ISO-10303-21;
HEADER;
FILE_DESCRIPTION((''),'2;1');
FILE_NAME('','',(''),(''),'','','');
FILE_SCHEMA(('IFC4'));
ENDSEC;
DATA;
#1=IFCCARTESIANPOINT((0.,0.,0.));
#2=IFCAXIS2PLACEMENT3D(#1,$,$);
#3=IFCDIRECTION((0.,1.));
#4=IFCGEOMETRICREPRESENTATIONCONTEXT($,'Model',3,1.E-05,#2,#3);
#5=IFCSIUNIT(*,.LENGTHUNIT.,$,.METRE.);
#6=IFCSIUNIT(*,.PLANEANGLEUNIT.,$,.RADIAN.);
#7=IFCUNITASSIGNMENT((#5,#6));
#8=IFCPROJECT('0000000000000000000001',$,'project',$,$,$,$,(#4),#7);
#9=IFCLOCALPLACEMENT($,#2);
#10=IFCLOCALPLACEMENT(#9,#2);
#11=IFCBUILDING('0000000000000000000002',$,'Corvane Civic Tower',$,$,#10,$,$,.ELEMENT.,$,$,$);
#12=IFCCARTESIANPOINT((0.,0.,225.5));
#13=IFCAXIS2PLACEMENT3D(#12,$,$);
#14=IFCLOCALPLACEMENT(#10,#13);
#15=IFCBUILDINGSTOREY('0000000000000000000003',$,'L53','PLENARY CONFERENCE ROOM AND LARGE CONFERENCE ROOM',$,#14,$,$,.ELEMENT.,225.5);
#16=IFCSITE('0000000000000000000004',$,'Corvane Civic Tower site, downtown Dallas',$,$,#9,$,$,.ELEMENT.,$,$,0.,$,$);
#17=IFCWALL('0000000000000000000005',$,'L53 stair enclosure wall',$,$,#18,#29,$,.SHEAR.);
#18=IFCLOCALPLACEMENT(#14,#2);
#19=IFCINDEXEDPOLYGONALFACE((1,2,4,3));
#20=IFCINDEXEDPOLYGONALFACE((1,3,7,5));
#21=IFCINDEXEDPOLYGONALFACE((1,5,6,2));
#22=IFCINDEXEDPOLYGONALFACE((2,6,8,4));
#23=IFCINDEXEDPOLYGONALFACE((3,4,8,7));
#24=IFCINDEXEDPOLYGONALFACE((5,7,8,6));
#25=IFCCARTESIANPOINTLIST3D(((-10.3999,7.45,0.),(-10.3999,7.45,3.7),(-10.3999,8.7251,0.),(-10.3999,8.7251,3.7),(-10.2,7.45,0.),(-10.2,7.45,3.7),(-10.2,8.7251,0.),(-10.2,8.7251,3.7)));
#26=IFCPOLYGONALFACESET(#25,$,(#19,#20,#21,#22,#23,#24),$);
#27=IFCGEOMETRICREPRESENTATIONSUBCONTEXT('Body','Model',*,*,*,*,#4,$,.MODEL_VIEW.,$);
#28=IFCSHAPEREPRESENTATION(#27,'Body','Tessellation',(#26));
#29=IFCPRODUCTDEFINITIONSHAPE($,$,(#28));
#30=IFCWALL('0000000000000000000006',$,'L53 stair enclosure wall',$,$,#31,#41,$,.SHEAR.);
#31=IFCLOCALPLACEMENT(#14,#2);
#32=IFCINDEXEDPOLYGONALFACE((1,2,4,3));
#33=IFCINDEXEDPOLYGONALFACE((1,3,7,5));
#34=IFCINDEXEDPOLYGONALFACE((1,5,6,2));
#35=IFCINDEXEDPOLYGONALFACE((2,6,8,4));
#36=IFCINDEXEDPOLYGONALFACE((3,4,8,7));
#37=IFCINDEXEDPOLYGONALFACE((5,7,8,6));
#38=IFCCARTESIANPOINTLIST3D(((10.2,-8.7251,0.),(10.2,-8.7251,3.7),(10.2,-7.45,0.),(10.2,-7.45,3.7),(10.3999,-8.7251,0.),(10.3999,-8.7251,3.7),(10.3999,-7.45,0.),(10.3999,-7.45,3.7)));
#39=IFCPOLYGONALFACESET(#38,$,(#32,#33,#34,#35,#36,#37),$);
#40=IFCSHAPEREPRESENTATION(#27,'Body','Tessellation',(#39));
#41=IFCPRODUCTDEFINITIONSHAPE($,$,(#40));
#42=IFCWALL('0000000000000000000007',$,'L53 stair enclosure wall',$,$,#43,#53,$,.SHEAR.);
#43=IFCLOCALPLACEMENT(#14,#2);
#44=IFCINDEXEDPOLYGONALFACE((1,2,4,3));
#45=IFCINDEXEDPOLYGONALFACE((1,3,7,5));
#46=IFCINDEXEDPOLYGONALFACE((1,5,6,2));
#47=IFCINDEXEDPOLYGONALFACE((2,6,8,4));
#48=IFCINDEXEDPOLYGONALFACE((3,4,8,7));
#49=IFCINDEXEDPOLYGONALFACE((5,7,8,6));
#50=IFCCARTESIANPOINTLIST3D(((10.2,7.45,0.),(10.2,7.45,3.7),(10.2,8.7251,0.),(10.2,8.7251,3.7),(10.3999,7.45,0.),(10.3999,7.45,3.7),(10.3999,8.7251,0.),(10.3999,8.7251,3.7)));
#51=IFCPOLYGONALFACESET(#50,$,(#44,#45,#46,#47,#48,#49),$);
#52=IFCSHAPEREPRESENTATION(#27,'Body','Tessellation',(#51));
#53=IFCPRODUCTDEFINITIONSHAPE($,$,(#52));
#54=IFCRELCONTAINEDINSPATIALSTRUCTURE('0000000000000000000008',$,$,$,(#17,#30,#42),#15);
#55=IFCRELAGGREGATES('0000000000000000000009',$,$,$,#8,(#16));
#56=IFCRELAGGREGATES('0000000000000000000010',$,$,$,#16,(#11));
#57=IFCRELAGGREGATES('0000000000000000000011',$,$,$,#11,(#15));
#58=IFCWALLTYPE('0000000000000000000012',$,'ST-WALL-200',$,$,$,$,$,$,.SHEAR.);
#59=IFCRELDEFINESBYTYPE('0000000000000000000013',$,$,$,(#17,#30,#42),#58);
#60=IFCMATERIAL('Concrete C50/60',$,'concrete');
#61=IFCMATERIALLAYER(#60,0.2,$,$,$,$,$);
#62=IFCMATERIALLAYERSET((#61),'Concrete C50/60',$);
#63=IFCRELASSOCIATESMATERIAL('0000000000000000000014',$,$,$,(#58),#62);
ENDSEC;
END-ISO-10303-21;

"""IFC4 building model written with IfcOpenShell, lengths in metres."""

from ifc_helpers import new_model, si_unit, direction, frame, origin, place, context, subcontext, project, spatial, polyline, outline, extrude, material, layer, layer_set, type_object, element, save


model = new_model("IFC4")

# Units and contexts
model_context = context("Model", 3, precision=1e-05, world=origin(), true_north=direction((0.0, 1.0)))
body_context = subcontext(model_context, "Body", "Model", "MODEL_VIEW")
ifc_project = project(units=[si_unit("LENGTHUNIT", "METRE"), si_unit("PLANEANGLEUNIT", "RADIAN")], contexts=[model_context])

# Site, building, storey
site_placement = place(None, origin())
site = spatial("IfcSite", under=ifc_project, at=site_placement, Name="Corvane Civic Tower site, downtown Dallas", CompositionType="ELEMENT", RefElevation=0.0)
building_placement = place(site_placement, origin())
building = spatial("IfcBuilding", under=site, at=building_placement, Name="Corvane Civic Tower", CompositionType="ELEMENT")
storey_placement = place(building_placement, frame((0.0, 0.0, 225.5)))
storey = spatial("IfcBuildingStorey", under=building, at=storey_placement, Name="L53", Description="PLENARY CONFERENCE ROOM AND LARGE CONFERENCE ROOM", CompositionType="ELEMENT", Elevation=225.5)

# Walls
ifc_material_1 = material(Name="Concrete C50/60", Category="concrete")
ifc_layer_1 = layer(ifc_material_1, 0.2)
ifc_layer_set_1 = layer_set([ifc_layer_1], Name="Concrete C50/60")
wall_type_1 = type_object("IfcWallType", Name="ST-WALL-200", PredefinedType="SHEAR", material=ifc_layer_set_1)
wall_1_placement = place(storey_placement, origin())
element("IfcWall", 1, at=wall_1_placement, inside=storey, type_object=wall_type_1, Name="L53 stair enclosure wall", PredefinedType="SHEAR", context=body_context, shape_type="SweptSolid", body=[
    extrude(outline(polyline([(-10.2, 8.7251), (-10.2, 7.45), (-10.3999, 7.45), (-10.3999, 8.7251), (-10.2, 8.7251)])), origin(), (0.0, 0.0, 1.0), 3.7),
])
wall_2_placement = place(storey_placement, origin())
element("IfcWall", 2, at=wall_2_placement, inside=storey, type_object=wall_type_1, Name="L53 stair enclosure wall", PredefinedType="SHEAR", context=body_context, shape_type="SweptSolid", body=[
    extrude(outline(polyline([(10.3999, -7.45), (10.3999, -8.7251), (10.2, -8.7251), (10.2, -7.45), (10.3999, -7.45)])), origin(), (0.0, 0.0, 1.0), 3.7),
])
wall_3_placement = place(storey_placement, origin())
element("IfcWall", 3, at=wall_3_placement, inside=storey, type_object=wall_type_1, Name="L53 stair enclosure wall", PredefinedType="SHEAR", context=body_context, shape_type="SweptSolid", body=[
    extrude(outline(polyline([(10.3999, 8.7251), (10.3999, 7.45), (10.2, 7.45), (10.2, 8.7251), (10.3999, 8.7251)])), origin(), (0.0, 0.0, 1.0), 3.7),
])

save(model, "model.ifc")
